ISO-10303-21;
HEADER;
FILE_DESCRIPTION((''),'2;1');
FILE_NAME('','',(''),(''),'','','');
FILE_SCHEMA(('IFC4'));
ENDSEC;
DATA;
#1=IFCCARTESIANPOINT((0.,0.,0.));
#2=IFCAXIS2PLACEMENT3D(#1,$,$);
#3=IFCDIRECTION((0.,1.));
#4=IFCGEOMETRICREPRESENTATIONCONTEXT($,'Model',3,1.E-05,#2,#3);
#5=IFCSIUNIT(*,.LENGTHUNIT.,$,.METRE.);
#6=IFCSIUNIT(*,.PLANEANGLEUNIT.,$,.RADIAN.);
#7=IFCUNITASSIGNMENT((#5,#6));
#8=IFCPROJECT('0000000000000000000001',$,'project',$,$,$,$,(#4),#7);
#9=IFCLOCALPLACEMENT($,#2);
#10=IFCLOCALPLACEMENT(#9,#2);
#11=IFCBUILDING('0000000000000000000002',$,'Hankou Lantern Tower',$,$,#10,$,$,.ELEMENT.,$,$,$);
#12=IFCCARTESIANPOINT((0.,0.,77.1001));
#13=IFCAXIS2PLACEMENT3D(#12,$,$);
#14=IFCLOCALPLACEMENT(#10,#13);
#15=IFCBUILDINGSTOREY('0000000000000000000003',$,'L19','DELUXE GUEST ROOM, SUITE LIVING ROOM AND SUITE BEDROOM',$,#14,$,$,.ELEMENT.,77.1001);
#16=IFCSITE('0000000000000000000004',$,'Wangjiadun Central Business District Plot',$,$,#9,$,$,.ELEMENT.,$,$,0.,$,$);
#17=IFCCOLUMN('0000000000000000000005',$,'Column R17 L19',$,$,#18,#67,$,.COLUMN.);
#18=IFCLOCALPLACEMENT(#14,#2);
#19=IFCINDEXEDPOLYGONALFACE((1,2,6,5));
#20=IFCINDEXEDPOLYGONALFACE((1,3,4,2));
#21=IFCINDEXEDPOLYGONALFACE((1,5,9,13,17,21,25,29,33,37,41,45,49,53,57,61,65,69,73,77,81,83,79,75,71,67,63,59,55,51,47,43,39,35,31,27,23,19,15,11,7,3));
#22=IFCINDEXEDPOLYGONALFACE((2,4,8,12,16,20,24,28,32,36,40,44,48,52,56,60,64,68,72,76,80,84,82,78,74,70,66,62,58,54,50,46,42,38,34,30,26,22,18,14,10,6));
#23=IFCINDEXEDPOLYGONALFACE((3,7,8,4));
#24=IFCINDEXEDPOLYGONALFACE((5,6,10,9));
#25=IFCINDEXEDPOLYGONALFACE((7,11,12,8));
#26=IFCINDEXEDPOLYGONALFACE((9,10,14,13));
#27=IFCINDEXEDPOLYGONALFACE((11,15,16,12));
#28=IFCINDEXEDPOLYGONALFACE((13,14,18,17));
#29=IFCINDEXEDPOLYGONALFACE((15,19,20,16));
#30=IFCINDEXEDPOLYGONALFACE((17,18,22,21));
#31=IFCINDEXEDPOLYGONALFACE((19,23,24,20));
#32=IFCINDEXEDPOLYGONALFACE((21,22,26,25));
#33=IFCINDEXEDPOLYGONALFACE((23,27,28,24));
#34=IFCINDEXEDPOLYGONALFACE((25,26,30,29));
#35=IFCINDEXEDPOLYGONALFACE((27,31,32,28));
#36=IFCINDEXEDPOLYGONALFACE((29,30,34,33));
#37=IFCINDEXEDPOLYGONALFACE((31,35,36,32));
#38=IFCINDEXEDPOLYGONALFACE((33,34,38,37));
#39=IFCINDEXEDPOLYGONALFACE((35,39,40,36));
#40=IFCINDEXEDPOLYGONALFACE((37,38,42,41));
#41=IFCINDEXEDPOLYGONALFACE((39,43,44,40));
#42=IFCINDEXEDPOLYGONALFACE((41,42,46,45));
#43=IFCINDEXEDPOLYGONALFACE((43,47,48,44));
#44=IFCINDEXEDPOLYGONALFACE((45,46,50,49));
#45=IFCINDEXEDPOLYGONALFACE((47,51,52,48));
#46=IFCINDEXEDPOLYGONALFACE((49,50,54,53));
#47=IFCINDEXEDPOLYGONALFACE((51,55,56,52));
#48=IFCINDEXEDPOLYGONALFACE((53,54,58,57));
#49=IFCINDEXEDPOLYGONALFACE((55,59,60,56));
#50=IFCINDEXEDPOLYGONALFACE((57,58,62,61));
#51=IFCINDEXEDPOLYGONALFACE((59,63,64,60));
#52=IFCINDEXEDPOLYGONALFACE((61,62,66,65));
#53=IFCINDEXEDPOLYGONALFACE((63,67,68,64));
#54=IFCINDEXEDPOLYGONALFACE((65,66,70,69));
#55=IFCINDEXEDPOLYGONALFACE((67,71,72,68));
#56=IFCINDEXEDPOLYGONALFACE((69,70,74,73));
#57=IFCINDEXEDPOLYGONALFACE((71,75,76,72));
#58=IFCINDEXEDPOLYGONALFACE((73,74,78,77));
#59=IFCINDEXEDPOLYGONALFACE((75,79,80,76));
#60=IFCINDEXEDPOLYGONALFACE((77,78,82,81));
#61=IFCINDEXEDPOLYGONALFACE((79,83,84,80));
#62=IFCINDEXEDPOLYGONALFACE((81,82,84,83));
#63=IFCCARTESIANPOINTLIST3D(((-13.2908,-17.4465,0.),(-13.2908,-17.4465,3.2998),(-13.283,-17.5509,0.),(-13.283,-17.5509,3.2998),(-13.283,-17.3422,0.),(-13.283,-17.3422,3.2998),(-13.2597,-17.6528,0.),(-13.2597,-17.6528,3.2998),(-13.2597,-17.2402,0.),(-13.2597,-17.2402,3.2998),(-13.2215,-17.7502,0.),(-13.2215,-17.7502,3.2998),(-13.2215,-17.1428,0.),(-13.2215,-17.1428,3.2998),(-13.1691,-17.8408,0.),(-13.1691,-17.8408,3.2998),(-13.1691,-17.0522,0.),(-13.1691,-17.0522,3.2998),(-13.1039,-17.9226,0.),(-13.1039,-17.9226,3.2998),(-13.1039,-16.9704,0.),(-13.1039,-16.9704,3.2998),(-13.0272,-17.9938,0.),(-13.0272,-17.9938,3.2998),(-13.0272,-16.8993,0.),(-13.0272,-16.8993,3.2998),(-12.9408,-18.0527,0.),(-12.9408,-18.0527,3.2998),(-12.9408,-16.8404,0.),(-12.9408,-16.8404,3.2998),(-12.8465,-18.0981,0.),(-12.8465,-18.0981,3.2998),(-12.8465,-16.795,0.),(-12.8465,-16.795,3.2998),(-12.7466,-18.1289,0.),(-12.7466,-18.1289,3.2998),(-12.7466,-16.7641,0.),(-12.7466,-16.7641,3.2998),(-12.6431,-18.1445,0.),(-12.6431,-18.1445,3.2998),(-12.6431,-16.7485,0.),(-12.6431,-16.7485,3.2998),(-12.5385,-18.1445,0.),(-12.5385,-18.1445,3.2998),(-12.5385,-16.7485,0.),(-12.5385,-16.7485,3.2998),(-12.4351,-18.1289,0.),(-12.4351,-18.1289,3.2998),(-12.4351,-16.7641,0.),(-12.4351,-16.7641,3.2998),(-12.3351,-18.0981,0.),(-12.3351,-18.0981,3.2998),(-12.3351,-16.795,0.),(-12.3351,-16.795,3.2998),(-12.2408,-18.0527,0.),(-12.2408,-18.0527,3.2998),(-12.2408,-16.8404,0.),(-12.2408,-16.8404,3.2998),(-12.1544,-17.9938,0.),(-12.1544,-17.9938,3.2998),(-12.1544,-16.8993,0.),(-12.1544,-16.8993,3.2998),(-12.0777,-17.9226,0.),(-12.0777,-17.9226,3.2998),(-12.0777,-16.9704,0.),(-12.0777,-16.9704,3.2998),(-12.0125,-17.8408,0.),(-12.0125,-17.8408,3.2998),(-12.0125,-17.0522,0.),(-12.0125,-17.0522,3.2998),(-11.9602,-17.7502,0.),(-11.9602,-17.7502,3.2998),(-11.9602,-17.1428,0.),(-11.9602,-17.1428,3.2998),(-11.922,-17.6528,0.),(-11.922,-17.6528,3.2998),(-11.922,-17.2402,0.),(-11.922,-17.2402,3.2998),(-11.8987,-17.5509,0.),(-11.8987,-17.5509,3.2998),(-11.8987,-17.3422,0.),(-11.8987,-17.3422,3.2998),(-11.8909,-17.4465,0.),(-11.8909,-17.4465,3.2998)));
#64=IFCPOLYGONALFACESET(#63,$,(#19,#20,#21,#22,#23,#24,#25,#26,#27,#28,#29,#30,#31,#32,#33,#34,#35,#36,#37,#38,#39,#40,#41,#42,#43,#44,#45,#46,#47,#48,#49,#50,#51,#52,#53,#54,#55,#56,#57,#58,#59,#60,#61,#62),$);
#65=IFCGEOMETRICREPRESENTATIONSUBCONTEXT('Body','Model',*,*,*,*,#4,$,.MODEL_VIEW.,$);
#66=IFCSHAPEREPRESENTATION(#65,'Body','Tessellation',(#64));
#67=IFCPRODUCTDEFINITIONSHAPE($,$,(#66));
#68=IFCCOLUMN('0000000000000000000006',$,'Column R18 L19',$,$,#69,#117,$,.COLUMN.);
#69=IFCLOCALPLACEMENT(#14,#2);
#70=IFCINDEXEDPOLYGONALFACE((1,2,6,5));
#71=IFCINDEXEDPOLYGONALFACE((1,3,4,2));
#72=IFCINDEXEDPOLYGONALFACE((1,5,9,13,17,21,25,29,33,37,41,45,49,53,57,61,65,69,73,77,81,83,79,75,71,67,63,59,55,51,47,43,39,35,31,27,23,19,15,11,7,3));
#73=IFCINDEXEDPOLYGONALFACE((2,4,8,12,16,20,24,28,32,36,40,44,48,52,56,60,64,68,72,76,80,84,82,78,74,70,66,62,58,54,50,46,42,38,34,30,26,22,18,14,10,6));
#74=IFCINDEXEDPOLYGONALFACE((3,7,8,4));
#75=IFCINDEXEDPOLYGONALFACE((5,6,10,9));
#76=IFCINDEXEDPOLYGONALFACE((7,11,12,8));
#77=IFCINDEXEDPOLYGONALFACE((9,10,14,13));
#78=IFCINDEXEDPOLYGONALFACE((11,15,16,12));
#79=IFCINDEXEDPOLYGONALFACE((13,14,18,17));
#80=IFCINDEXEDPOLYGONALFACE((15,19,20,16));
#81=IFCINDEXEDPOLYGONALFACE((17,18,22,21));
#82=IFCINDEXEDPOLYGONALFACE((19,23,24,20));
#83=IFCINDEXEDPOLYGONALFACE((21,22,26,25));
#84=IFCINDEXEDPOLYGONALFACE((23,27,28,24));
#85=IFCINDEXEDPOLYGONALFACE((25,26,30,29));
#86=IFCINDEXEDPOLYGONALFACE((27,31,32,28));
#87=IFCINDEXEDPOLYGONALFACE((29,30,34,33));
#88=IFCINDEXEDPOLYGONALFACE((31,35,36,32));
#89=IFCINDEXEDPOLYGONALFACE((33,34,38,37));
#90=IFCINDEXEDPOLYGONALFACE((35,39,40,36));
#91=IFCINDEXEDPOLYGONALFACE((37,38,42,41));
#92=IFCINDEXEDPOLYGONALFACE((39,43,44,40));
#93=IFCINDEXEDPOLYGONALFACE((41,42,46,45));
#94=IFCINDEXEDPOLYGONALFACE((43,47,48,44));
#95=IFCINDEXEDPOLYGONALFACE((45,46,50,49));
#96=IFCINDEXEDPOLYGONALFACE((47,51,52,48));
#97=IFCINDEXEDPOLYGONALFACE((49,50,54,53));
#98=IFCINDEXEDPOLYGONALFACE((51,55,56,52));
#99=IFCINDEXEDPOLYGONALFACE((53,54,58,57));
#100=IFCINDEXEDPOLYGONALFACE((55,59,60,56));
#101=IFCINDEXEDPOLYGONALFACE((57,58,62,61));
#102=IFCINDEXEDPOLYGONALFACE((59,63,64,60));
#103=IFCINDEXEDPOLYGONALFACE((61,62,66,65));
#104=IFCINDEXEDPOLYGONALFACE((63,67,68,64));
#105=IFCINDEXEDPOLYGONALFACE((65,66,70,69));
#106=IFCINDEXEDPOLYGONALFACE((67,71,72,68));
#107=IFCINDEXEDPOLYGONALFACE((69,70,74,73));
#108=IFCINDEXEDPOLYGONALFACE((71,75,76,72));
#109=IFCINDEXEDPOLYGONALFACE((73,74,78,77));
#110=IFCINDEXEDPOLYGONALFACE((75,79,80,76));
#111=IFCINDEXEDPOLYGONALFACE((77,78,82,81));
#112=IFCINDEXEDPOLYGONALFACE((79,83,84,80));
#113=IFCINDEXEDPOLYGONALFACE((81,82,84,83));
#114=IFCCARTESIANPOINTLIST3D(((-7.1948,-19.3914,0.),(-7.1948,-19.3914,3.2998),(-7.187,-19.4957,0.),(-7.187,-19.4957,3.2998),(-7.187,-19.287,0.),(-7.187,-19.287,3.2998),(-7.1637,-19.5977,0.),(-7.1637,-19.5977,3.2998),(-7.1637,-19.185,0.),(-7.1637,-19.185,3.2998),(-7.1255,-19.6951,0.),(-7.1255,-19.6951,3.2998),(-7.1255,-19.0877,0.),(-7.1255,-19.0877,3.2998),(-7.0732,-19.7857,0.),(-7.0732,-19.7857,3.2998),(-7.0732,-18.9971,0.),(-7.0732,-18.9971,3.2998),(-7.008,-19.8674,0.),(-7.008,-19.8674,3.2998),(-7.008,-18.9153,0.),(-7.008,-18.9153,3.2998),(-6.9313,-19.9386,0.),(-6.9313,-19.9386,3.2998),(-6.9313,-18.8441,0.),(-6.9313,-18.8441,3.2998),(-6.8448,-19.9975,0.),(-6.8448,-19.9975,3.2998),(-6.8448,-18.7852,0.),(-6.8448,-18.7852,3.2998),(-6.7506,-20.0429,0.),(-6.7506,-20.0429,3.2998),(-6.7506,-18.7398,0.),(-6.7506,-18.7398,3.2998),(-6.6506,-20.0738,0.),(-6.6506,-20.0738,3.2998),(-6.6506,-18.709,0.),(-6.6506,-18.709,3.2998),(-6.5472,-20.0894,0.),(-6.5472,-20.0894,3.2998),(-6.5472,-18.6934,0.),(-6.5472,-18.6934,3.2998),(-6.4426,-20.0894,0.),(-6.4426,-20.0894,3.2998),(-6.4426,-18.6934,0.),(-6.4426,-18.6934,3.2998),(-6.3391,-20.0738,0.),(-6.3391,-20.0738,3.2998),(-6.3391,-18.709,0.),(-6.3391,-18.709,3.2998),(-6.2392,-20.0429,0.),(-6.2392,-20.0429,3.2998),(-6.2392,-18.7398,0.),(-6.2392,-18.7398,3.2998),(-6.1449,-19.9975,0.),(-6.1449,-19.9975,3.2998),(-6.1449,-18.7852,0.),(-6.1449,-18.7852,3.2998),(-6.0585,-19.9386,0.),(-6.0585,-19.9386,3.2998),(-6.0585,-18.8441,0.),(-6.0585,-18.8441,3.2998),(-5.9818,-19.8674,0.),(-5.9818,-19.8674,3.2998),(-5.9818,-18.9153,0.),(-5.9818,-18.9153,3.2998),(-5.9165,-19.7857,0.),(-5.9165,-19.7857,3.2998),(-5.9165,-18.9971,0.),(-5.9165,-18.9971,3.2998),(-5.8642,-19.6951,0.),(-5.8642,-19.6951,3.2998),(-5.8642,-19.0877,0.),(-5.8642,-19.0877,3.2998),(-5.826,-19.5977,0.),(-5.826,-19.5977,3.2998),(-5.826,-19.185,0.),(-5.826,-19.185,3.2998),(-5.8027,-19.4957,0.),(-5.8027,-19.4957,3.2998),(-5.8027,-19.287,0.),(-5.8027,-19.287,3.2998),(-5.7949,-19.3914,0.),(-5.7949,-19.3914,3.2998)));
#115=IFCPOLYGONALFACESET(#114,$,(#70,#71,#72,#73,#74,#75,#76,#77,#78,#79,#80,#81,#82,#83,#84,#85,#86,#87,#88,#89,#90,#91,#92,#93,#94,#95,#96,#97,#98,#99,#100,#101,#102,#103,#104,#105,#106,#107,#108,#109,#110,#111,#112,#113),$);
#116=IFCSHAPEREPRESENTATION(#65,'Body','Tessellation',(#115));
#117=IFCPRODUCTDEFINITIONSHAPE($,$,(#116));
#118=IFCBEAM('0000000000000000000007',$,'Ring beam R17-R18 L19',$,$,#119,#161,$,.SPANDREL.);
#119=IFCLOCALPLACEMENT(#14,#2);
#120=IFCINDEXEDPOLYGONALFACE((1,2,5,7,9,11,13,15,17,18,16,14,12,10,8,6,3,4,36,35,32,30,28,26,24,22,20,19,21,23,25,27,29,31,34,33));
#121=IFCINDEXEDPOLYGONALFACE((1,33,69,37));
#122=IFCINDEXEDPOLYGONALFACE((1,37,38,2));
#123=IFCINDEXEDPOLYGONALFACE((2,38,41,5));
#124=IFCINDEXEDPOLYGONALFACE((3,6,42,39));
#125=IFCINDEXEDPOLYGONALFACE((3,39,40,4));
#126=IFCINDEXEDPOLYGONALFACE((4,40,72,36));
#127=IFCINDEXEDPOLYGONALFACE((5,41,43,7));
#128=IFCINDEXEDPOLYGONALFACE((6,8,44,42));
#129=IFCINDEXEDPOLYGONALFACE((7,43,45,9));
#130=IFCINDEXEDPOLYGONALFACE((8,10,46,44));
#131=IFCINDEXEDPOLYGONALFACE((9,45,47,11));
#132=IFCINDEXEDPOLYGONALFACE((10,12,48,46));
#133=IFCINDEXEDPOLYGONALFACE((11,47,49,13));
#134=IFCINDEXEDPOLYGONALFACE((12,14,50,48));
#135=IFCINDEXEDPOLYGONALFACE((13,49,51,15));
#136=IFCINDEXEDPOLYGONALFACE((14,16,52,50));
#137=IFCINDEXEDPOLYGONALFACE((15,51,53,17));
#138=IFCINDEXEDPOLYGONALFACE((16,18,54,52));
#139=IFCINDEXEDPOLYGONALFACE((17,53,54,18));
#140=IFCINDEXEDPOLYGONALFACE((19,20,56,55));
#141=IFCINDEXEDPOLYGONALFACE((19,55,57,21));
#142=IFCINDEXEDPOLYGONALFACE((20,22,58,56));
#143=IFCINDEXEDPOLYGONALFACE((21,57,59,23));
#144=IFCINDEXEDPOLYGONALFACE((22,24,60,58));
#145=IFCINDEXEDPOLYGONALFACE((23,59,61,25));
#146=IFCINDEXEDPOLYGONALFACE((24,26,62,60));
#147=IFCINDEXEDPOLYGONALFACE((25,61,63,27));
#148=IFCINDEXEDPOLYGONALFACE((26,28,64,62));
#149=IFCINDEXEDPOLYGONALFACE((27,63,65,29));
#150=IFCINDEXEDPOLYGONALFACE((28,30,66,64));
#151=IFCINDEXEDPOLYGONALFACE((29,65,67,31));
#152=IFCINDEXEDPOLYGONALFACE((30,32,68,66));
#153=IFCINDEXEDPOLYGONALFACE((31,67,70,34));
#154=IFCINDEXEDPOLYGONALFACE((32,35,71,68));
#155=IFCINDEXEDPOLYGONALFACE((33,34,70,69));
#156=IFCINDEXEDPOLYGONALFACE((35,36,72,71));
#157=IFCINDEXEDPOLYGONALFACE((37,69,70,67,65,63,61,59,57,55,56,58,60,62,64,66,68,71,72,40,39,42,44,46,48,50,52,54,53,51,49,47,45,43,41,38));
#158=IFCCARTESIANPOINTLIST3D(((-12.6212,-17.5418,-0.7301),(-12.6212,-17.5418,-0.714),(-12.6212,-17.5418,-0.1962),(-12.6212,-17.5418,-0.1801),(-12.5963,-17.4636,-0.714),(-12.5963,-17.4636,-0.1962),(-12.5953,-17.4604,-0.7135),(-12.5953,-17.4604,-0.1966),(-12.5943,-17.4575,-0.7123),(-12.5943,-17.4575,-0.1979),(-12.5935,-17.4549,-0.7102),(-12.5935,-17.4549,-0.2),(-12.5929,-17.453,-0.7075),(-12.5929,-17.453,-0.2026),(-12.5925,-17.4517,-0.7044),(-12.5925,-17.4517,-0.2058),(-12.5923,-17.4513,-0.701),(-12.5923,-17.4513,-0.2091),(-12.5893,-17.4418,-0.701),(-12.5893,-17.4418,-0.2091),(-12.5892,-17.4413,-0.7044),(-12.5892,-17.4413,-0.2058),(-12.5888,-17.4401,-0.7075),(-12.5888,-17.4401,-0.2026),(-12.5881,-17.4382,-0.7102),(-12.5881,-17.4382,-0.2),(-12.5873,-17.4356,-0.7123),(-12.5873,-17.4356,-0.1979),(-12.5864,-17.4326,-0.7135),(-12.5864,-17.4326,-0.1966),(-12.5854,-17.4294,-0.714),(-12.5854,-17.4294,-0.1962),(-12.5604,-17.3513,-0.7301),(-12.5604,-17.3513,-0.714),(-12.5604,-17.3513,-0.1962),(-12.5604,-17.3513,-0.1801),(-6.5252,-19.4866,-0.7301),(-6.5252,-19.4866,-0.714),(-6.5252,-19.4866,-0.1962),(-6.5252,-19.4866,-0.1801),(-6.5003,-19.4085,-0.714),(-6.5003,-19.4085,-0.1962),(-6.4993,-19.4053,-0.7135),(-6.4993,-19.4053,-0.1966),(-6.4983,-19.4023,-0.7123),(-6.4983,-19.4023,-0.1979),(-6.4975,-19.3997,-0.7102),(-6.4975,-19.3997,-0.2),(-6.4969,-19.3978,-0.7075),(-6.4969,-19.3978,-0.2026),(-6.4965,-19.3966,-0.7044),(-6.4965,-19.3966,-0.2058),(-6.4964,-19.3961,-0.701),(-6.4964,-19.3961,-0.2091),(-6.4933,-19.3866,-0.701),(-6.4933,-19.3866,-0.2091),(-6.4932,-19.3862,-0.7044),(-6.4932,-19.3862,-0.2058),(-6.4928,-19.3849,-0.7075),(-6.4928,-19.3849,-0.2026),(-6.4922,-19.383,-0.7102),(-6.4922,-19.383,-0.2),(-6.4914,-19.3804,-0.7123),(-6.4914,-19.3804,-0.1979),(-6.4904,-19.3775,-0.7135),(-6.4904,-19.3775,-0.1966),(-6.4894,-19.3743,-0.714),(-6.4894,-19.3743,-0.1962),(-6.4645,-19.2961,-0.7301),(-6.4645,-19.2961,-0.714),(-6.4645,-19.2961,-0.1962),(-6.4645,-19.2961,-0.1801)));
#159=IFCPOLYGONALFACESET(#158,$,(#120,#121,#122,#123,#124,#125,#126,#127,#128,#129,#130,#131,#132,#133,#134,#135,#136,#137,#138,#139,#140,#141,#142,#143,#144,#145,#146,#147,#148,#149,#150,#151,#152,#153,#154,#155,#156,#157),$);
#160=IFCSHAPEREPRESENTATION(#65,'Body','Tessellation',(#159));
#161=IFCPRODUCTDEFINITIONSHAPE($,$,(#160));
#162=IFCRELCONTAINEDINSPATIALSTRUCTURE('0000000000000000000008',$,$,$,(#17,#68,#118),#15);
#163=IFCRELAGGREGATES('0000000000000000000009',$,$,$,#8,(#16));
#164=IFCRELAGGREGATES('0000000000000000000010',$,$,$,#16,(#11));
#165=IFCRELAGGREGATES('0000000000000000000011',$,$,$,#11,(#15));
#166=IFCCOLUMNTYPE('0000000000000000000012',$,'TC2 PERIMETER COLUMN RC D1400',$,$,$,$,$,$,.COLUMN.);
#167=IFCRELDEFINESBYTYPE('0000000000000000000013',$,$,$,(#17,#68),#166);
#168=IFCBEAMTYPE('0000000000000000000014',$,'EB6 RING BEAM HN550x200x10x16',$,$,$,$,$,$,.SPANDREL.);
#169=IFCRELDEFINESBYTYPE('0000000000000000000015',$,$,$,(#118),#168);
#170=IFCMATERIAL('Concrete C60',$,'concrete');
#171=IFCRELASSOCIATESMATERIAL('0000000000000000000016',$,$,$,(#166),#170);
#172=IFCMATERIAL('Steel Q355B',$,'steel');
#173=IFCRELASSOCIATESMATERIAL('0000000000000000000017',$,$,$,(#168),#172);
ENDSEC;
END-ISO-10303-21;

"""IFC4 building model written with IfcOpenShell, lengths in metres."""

from ifc_helpers import new_model, si_unit, direction, frame, origin, origin_2d, place, context, subcontext, project, spatial, circle, i_section, extrude, material, material_profile, profile_set, type_object, element, save


model = new_model("IFC4")

# Units and contexts
model_context = context("Model", 3, precision=1e-05, world=origin(), true_north=direction((0.0, 1.0)))
body_context = subcontext(model_context, "Body", "Model", "MODEL_VIEW")
ifc_project = project(units=[si_unit("LENGTHUNIT", "METRE"), si_unit("PLANEANGLEUNIT", "RADIAN")], contexts=[model_context])

# Site, building, storey
site_placement = place(None, origin())
site = spatial("IfcSite", under=ifc_project, at=site_placement, Name="Wangjiadun Central Business District Plot", CompositionType="ELEMENT", RefElevation=0.0)
building_placement = place(site_placement, origin())
building = spatial("IfcBuilding", under=site, at=building_placement, Name="Hankou Lantern Tower", CompositionType="ELEMENT")
storey_placement = place(building_placement, frame((0.0, 0.0, 77.1001)))
storey = spatial("IfcBuildingStorey", under=building, at=storey_placement, Name="L19", Description="DELUXE GUEST ROOM, SUITE LIVING ROOM AND SUITE BEDROOM", CompositionType="ELEMENT", Elevation=77.1001)

# Columns
ifc_material_1 = material(Name="Concrete C60", Category="concrete")
ifc_material_profile_1 = material_profile(ifc_material_1, circle(Radius=0.7, at=origin_2d()), Name="RC D1400")
ifc_profile_set_1 = profile_set([ifc_material_profile_1], Name="Concrete C60")
column_type = type_object("IfcColumnType", Name="TC2 PERIMETER COLUMN RC D1400", PredefinedType="COLUMN", material=ifc_profile_set_1)
for number, where, z_axis, x_axis, name in (
    (1, (-12.5908, -17.4465, 0.0), (0.0, 0.0, 1.0), (1.0, 0.0, 0.0), "Column R17 L19"),
    (2, (-6.4949, -19.3914, 0.0), (0.0, 0.0, 1.0), (1.0, 0.0, 0.0), "Column R18 L19"),
):
    element("IfcColumn", number, at=place(storey_placement, frame(where, z_axis=z_axis, x_axis=x_axis)), inside=storey, type_object=column_type, Name=name, PredefinedType="COLUMN", context=body_context, shape_type="SweptSolid", body=[
        extrude(circle(Radius=0.7, at=origin_2d()), origin(), (0.0, 0.0, 1.0), 3.2998),
    ])

# Beam
ifc_material_2 = material(Name="Steel Q355B", Category="steel")
ifc_material_profile_2 = material_profile(ifc_material_2, i_section(OverallWidth=0.2, OverallDepth=0.55, WebThickness=0.01, FlangeThickness=0.0161, FilletRadius=0.0129, at=origin_2d()), Name="HN550x200x10x16")
ifc_profile_set_2 = profile_set([ifc_material_profile_2], Name="Steel Q355B")
beam_type_1 = type_object("IfcBeamType", Name="EB6 RING BEAM HN550x200x10x16", PredefinedType="SPANDREL", material=ifc_profile_set_2)
beam_1_placement = place(storey_placement, frame((-12.5908, -17.4465, -0.4551), z_axis=(0.95269, -0.303942, 0.0), x_axis=(0.303942, 0.95269, 0.0)))
element("IfcBeam", 3, at=beam_1_placement, inside=storey, type_object=beam_type_1, Name="Ring beam R17-R18 L19", PredefinedType="SPANDREL", context=body_context, shape_type="SweptSolid", body=[
    extrude(i_section(OverallWidth=0.2, OverallDepth=0.55, WebThickness=0.01, FlangeThickness=0.0161, FilletRadius=0.0129, at=origin_2d()), origin(), (0.0, 0.0, 1.0), 6.3987),
])

save(model, "model.ifc")
